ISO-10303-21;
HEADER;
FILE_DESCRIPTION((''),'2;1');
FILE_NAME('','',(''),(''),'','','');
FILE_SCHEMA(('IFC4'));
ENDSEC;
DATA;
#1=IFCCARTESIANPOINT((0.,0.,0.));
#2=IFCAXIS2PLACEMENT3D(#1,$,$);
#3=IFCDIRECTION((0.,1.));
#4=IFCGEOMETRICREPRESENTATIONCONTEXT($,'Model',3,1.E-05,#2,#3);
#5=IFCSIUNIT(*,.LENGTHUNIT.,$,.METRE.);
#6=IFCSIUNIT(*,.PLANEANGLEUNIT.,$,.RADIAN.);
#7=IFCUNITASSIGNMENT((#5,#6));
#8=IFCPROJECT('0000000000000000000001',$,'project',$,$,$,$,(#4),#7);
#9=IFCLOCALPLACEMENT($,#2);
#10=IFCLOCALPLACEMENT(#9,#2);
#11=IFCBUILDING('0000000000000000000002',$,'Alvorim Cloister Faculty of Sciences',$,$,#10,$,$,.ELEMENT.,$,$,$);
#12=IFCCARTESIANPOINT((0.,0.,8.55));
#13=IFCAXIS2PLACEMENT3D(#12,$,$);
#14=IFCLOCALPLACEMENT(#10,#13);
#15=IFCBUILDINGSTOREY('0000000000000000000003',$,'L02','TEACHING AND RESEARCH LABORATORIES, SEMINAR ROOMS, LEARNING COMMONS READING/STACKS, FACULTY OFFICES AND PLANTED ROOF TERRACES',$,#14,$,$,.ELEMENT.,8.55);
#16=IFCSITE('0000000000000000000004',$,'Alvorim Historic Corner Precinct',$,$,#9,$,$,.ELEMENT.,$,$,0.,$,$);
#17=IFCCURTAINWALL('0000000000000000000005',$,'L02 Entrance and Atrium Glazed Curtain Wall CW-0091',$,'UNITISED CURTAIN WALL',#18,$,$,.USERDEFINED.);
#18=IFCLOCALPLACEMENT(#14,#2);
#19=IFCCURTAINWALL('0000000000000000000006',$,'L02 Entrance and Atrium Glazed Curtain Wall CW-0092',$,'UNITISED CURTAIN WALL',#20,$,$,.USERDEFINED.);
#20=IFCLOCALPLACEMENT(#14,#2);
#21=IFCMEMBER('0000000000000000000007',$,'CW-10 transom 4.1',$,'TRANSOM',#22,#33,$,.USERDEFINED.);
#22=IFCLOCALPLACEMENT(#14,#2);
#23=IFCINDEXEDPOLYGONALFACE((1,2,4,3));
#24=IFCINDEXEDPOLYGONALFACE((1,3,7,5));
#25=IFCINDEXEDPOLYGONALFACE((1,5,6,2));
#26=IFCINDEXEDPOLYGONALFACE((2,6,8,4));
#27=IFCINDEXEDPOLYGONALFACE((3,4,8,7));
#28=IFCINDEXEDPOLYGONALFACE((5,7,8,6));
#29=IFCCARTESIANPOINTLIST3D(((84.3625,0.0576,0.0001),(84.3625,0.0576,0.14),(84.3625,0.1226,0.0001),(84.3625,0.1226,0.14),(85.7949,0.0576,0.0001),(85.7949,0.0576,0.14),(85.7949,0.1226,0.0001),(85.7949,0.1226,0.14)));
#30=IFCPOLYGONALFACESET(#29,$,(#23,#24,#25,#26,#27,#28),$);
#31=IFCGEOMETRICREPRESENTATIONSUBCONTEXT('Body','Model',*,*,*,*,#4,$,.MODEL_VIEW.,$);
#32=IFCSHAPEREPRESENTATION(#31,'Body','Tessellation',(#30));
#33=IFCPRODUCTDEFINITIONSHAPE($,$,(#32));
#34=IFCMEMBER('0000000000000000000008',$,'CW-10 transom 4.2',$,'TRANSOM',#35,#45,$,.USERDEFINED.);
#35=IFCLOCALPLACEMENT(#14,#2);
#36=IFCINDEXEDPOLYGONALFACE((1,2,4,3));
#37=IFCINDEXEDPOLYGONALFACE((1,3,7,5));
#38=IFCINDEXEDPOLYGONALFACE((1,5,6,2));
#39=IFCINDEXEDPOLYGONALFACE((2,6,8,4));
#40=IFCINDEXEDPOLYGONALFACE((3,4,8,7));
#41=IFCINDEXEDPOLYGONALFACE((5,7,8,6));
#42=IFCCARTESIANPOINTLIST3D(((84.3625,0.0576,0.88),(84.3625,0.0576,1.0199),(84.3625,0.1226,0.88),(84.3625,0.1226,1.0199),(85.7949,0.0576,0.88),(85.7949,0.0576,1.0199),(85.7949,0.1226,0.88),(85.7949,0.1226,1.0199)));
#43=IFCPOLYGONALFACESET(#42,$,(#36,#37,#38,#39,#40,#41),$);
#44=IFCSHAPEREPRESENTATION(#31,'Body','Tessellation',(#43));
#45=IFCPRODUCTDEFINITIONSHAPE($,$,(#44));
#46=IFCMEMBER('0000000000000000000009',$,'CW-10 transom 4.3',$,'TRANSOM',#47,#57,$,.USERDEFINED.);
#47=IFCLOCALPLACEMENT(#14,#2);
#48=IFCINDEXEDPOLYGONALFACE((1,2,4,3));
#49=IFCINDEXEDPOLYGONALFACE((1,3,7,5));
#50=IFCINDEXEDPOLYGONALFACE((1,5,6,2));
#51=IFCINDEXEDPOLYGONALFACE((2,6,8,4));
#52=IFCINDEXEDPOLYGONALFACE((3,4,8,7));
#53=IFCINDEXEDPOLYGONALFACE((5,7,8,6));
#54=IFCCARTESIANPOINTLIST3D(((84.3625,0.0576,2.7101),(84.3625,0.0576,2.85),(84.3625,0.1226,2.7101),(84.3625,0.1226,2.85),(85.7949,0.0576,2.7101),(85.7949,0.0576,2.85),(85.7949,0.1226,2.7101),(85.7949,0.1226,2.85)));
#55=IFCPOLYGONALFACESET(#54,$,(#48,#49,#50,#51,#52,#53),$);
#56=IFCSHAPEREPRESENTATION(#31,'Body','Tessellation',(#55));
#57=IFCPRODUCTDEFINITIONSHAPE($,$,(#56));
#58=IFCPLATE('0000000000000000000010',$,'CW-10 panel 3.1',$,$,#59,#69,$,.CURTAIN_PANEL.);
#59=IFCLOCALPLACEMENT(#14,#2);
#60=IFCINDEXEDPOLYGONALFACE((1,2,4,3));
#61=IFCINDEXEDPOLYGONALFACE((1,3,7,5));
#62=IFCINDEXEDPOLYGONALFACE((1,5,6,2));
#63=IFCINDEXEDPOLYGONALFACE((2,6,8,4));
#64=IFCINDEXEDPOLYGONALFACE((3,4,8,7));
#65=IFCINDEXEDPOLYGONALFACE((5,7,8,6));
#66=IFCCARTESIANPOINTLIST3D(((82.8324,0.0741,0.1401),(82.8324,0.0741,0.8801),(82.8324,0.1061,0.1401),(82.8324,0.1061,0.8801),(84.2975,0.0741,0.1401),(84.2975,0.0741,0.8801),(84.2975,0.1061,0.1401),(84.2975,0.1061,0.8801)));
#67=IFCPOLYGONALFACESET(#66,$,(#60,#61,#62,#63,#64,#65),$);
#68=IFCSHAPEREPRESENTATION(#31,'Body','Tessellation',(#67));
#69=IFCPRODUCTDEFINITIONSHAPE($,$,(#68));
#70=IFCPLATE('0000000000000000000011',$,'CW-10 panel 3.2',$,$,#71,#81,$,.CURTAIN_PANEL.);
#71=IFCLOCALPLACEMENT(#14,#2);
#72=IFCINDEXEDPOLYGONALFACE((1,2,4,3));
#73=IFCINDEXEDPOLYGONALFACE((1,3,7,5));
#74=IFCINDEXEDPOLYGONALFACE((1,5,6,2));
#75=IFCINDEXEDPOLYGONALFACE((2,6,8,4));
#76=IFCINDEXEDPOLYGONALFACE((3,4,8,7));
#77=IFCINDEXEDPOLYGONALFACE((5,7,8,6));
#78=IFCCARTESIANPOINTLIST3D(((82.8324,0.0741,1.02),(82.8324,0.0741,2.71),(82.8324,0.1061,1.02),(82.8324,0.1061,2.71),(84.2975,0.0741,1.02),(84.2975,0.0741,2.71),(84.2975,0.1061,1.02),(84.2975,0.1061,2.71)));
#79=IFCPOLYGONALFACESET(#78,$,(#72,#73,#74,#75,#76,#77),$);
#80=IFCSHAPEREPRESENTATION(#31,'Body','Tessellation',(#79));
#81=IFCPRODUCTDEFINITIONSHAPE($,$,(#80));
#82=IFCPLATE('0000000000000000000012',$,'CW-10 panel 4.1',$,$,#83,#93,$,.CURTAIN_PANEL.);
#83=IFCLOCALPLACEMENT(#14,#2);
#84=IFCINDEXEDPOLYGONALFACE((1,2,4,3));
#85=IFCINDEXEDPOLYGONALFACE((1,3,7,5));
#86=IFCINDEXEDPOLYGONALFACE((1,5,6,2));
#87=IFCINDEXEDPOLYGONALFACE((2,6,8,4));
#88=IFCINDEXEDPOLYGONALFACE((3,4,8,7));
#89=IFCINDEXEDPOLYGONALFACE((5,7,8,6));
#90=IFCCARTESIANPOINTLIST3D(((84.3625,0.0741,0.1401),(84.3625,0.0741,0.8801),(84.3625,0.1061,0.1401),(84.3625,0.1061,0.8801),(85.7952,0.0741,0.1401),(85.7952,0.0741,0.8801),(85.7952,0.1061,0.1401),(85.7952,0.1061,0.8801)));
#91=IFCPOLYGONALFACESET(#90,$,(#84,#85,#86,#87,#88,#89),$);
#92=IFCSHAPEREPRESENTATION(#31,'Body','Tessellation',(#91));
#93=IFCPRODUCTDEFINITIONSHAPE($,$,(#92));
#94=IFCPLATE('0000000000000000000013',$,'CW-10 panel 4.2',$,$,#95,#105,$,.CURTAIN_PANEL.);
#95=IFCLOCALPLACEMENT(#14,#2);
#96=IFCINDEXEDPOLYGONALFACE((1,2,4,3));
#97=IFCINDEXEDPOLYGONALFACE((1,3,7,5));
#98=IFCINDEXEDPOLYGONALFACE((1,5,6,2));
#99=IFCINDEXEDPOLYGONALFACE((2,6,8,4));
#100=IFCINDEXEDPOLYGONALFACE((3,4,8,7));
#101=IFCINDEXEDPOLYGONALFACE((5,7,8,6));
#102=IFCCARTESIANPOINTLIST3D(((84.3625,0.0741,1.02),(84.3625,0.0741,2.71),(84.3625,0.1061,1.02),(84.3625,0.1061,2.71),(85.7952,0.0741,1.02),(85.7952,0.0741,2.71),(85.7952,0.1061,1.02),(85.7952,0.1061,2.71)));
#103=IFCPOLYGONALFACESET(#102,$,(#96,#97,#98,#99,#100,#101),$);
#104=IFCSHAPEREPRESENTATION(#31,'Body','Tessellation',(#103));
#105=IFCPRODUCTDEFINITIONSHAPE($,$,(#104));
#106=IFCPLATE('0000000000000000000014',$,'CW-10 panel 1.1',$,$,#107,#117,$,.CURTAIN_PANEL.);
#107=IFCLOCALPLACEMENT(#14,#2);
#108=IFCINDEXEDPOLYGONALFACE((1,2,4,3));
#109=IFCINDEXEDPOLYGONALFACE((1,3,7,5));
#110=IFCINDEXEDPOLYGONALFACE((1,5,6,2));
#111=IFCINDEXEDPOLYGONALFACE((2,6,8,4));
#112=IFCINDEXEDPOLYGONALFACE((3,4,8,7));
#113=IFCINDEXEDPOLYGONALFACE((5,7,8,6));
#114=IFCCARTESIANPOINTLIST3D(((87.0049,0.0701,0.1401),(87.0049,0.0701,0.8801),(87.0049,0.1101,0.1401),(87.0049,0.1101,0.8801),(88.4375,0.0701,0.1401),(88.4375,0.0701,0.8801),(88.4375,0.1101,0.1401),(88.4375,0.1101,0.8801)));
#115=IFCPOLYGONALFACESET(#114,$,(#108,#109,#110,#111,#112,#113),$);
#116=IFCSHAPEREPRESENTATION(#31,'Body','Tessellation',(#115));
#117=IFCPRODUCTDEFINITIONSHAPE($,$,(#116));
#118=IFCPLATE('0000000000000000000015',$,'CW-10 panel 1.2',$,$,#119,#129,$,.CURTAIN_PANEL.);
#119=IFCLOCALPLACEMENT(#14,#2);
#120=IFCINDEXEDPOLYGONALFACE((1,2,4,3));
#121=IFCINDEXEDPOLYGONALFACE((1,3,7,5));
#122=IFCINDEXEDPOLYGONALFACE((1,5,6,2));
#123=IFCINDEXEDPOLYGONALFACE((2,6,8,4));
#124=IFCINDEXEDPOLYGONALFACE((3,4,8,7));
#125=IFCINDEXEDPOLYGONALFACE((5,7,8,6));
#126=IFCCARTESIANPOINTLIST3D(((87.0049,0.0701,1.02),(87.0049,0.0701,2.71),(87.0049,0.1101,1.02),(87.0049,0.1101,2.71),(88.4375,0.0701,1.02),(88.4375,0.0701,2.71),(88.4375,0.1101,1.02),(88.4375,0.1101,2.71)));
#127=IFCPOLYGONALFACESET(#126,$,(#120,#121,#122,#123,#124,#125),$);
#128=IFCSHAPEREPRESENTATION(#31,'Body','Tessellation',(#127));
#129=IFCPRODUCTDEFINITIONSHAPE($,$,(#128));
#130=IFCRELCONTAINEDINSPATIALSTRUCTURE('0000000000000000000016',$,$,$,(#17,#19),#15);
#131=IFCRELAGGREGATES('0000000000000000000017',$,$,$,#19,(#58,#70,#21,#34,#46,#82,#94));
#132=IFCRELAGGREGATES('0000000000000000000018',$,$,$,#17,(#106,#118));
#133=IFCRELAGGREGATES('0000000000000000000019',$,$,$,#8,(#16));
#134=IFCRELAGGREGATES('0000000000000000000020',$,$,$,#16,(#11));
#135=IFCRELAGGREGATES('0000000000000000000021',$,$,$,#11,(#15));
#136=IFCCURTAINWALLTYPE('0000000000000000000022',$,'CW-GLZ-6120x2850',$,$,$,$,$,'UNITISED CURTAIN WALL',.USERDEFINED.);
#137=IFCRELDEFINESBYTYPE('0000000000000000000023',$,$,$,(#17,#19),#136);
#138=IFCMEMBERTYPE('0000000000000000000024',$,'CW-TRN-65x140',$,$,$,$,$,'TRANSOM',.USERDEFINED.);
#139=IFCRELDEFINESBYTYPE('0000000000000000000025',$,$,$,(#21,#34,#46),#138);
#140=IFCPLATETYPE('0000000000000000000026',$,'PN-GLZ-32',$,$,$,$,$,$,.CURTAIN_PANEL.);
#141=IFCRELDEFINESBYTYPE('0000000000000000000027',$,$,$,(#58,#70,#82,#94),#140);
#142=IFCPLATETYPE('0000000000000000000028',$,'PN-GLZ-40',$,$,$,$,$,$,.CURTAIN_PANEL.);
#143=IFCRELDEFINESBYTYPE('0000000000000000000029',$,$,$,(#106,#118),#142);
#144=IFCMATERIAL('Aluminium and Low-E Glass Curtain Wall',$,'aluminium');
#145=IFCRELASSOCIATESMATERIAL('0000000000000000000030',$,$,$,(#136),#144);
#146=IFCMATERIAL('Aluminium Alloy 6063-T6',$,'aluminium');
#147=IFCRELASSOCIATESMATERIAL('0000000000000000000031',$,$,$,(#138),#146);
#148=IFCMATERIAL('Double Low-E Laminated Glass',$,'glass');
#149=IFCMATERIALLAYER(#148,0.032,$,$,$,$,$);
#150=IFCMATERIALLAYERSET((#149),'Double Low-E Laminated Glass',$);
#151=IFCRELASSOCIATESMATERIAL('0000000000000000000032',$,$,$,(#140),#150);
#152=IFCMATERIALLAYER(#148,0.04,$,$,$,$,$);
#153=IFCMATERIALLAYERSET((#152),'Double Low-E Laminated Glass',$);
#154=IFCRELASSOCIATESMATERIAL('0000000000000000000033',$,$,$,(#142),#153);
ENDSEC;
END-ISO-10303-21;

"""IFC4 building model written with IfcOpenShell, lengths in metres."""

from ifc_helpers import new_model, si_unit, direction, frame, origin, origin_2d, place, context, subcontext, project, spatial, rectangle, extrude, material, layer, layer_set, material_profile, profile_set, type_object, element, aggregate, save


model = new_model("IFC4")

# Units and contexts
model_context = context("Model", 3, precision=1e-05, world=origin(), true_north=direction((0.0, 1.0)))
body_context = subcontext(model_context, "Body", "Model", "MODEL_VIEW")
ifc_project = project(units=[si_unit("LENGTHUNIT", "METRE"), si_unit("PLANEANGLEUNIT", "RADIAN")], contexts=[model_context])

# Site, building, storey
site_placement = place(None, origin())
site = spatial("IfcSite", under=ifc_project, at=site_placement, Name="Alvorim Historic Corner Precinct", CompositionType="ELEMENT", RefElevation=0.0)
building_placement = place(site_placement, origin())
building = spatial("IfcBuilding", under=site, at=building_placement, Name="Alvorim Cloister Faculty of Sciences", CompositionType="ELEMENT")
storey_placement = place(building_placement, frame((0.0, 0.0, 8.55)))
storey = spatial("IfcBuildingStorey", under=building, at=storey_placement, Name="L02", Description="TEACHING AND RESEARCH LABORATORIES, SEMINAR ROOMS, LEARNING COMMONS READING/STACKS, FACULTY OFFICES AND PLANTED ROOF TERRACES", CompositionType="ELEMENT", Elevation=8.55)

# Curtain walls
ifc_material_1 = material(Name="Aluminium and Low-E Glass Curtain Wall", Category="aluminium")
curtain_wall_type = type_object("IfcCurtainWallType", Name="CW-GLZ-6120x2850", ElementType="UNITISED CURTAIN WALL", PredefinedType="USERDEFINED", material=ifc_material_1)
curtain_wall_1_placement = place(storey_placement, origin())
curtain_wall_1 = element("IfcCurtainWall", 1, at=curtain_wall_1_placement, inside=storey, type_object=curtain_wall_type, Name="L02 Entrance and Atrium Glazed Curtain Wall CW-0091", ObjectType="UNITISED CURTAIN WALL", PredefinedType="USERDEFINED")
ifc_material_2 = material(Name="Aluminium Alloy 6063-T6", Category="aluminium")
curtain_wall_2_placement = place(storey_placement, origin())
curtain_wall_2 = element("IfcCurtainWall", 2, at=curtain_wall_2_placement, inside=storey, type_object=curtain_wall_type, Name="L02 Entrance and Atrium Glazed Curtain Wall CW-0092", ObjectType="UNITISED CURTAIN WALL", PredefinedType="USERDEFINED")

# Members
ifc_material_profile_1 = material_profile(ifc_material_2, rectangle(XDim=0.0649, YDim=0.1399, at=origin_2d()), Name="ALU-TRN-65x140")
ifc_profile_set_1 = profile_set([ifc_material_profile_1], Name="Aluminium Alloy 6063-T6")
member_type_1 = type_object("IfcMemberType", Name="CW-TRN-65x140", ElementType="TRANSOM", PredefinedType="USERDEFINED", material=ifc_profile_set_1)
member_1_placement = place(storey_placement, frame((84.3625, 0.0901, 0.0701), z_axis=(1.0, 0.0, 0.0), x_axis=(0.0, 1.0, 0.0)))
member_1 = element("IfcMember", 3, at=member_1_placement, type_object=member_type_1, Name="CW-10 transom 4.1", ObjectType="TRANSOM", PredefinedType="USERDEFINED", context=body_context, shape_type="SweptSolid", body=[
    extrude(rectangle(XDim=0.0649, YDim=0.1399, at=origin_2d()), origin(), (0.0, 0.0, 1.0), 1.4324),
])
member_2_placement = place(storey_placement, frame((84.3625, 0.0901, 0.95), z_axis=(1.0, 0.0, 0.0), x_axis=(0.0, 1.0, 0.0)))
member_2 = element("IfcMember", 4, at=member_2_placement, type_object=member_type_1, Name="CW-10 transom 4.2", ObjectType="TRANSOM", PredefinedType="USERDEFINED", context=body_context, shape_type="SweptSolid", body=[
    extrude(rectangle(XDim=0.0649, YDim=0.1399, at=origin_2d()), origin(), (0.0, 0.0, 1.0), 1.4324),
])
member_3_placement = place(storey_placement, frame((84.3625, 0.0901, 2.78), z_axis=(1.0, 0.0, 0.0), x_axis=(0.0, 1.0, 0.0)))
member_3 = element("IfcMember", 5, at=member_3_placement, type_object=member_type_1, Name="CW-10 transom 4.3", ObjectType="TRANSOM", PredefinedType="USERDEFINED", context=body_context, shape_type="SweptSolid", body=[
    extrude(rectangle(XDim=0.0649, YDim=0.1399, at=origin_2d()), origin(), (0.0, 0.0, 1.0), 1.4324),
])

# Plates
ifc_material_3 = material(Name="Double Low-E Laminated Glass", Category="glass")
ifc_layer_1 = layer(ifc_material_3, 0.032)
ifc_layer_set_1 = layer_set([ifc_layer_1], Name="Double Low-E Laminated Glass")
plate_type_1 = type_object("IfcPlateType", Name="PN-GLZ-32", PredefinedType="CURTAIN_PANEL", material=ifc_layer_set_1)
plate_1_placement = place(storey_placement, frame((83.5649, 0.0901, 0.1401), z_axis=(0.0, 0.0, 1.0), x_axis=(1.0, 0.0, 0.0)))
plate_1 = element("IfcPlate", 6, at=plate_1_placement, type_object=plate_type_1, Name="CW-10 panel 3.1", PredefinedType="CURTAIN_PANEL", context=body_context, shape_type="SweptSolid", body=[
    extrude(rectangle(XDim=1.4651, YDim=0.032, at=origin_2d()), origin(), (0.0, 0.0, 1.0), 0.74),
])
plate_2_placement = place(storey_placement, frame((83.5649, 0.0901, 1.02), z_axis=(0.0, 0.0, 1.0), x_axis=(1.0, 0.0, 0.0)))
plate_2 = element("IfcPlate", 7, at=plate_2_placement, type_object=plate_type_1, Name="CW-10 panel 3.2", PredefinedType="CURTAIN_PANEL", context=body_context, shape_type="SweptSolid", body=[
    extrude(rectangle(XDim=1.4651, YDim=0.032, at=origin_2d()), origin(), (0.0, 0.0, 1.0), 1.6899),
])
plate_3_placement = place(storey_placement, frame((85.0789, 0.0901, 0.1401), z_axis=(0.0, 0.0, 1.0), x_axis=(1.0, 0.0, 0.0)))
plate_3 = element("IfcPlate", 8, at=plate_3_placement, type_object=plate_type_1, Name="CW-10 panel 4.1", PredefinedType="CURTAIN_PANEL", context=body_context, shape_type="SweptSolid", body=[
    extrude(rectangle(XDim=1.4326, YDim=0.032, at=origin_2d()), origin(), (0.0, 0.0, 1.0), 0.74),
])
plate_4_placement = place(storey_placement, frame((85.0789, 0.0901, 1.02), z_axis=(0.0, 0.0, 1.0), x_axis=(1.0, 0.0, 0.0)))
plate_4 = element("IfcPlate", 9, at=plate_4_placement, type_object=plate_type_1, Name="CW-10 panel 4.2", PredefinedType="CURTAIN_PANEL", context=body_context, shape_type="SweptSolid", body=[
    extrude(rectangle(XDim=1.4326, YDim=0.032, at=origin_2d()), origin(), (0.0, 0.0, 1.0), 1.6899),
])
aggregate(curtain_wall_2, [plate_1, plate_2, member_1, member_2, member_3, plate_3, plate_4])
ifc_layer_2 = layer(ifc_material_3, 0.04)
ifc_layer_set_2 = layer_set([ifc_layer_2], Name="Double Low-E Laminated Glass")
plate_type_2 = type_object("IfcPlateType", Name="PN-GLZ-40", PredefinedType="CURTAIN_PANEL", material=ifc_layer_set_2)
plate_5_placement = place(storey_placement, frame((87.7212, 0.0901, 0.1401), z_axis=(0.0, 0.0, 1.0), x_axis=(1.0, 0.0, 0.0)))
plate_5 = element("IfcPlate", 10, at=plate_5_placement, type_object=plate_type_2, Name="CW-10 panel 1.1", PredefinedType="CURTAIN_PANEL", context=body_context, shape_type="SweptSolid", body=[
    extrude(rectangle(XDim=1.4326, YDim=0.04, at=origin_2d()), origin(), (0.0, 0.0, 1.0), 0.74),
])
plate_6_placement = place(storey_placement, frame((87.7212, 0.0901, 1.02), z_axis=(0.0, 0.0, 1.0), x_axis=(1.0, 0.0, 0.0)))
plate_6 = element("IfcPlate", 11, at=plate_6_placement, type_object=plate_type_2, Name="CW-10 panel 1.2", PredefinedType="CURTAIN_PANEL", context=body_context, shape_type="SweptSolid", body=[
    extrude(rectangle(XDim=1.4326, YDim=0.04, at=origin_2d()), origin(), (0.0, 0.0, 1.0), 1.6899),
])
aggregate(curtain_wall_1, [plate_5, plate_6])

save(model, "model.ifc")
